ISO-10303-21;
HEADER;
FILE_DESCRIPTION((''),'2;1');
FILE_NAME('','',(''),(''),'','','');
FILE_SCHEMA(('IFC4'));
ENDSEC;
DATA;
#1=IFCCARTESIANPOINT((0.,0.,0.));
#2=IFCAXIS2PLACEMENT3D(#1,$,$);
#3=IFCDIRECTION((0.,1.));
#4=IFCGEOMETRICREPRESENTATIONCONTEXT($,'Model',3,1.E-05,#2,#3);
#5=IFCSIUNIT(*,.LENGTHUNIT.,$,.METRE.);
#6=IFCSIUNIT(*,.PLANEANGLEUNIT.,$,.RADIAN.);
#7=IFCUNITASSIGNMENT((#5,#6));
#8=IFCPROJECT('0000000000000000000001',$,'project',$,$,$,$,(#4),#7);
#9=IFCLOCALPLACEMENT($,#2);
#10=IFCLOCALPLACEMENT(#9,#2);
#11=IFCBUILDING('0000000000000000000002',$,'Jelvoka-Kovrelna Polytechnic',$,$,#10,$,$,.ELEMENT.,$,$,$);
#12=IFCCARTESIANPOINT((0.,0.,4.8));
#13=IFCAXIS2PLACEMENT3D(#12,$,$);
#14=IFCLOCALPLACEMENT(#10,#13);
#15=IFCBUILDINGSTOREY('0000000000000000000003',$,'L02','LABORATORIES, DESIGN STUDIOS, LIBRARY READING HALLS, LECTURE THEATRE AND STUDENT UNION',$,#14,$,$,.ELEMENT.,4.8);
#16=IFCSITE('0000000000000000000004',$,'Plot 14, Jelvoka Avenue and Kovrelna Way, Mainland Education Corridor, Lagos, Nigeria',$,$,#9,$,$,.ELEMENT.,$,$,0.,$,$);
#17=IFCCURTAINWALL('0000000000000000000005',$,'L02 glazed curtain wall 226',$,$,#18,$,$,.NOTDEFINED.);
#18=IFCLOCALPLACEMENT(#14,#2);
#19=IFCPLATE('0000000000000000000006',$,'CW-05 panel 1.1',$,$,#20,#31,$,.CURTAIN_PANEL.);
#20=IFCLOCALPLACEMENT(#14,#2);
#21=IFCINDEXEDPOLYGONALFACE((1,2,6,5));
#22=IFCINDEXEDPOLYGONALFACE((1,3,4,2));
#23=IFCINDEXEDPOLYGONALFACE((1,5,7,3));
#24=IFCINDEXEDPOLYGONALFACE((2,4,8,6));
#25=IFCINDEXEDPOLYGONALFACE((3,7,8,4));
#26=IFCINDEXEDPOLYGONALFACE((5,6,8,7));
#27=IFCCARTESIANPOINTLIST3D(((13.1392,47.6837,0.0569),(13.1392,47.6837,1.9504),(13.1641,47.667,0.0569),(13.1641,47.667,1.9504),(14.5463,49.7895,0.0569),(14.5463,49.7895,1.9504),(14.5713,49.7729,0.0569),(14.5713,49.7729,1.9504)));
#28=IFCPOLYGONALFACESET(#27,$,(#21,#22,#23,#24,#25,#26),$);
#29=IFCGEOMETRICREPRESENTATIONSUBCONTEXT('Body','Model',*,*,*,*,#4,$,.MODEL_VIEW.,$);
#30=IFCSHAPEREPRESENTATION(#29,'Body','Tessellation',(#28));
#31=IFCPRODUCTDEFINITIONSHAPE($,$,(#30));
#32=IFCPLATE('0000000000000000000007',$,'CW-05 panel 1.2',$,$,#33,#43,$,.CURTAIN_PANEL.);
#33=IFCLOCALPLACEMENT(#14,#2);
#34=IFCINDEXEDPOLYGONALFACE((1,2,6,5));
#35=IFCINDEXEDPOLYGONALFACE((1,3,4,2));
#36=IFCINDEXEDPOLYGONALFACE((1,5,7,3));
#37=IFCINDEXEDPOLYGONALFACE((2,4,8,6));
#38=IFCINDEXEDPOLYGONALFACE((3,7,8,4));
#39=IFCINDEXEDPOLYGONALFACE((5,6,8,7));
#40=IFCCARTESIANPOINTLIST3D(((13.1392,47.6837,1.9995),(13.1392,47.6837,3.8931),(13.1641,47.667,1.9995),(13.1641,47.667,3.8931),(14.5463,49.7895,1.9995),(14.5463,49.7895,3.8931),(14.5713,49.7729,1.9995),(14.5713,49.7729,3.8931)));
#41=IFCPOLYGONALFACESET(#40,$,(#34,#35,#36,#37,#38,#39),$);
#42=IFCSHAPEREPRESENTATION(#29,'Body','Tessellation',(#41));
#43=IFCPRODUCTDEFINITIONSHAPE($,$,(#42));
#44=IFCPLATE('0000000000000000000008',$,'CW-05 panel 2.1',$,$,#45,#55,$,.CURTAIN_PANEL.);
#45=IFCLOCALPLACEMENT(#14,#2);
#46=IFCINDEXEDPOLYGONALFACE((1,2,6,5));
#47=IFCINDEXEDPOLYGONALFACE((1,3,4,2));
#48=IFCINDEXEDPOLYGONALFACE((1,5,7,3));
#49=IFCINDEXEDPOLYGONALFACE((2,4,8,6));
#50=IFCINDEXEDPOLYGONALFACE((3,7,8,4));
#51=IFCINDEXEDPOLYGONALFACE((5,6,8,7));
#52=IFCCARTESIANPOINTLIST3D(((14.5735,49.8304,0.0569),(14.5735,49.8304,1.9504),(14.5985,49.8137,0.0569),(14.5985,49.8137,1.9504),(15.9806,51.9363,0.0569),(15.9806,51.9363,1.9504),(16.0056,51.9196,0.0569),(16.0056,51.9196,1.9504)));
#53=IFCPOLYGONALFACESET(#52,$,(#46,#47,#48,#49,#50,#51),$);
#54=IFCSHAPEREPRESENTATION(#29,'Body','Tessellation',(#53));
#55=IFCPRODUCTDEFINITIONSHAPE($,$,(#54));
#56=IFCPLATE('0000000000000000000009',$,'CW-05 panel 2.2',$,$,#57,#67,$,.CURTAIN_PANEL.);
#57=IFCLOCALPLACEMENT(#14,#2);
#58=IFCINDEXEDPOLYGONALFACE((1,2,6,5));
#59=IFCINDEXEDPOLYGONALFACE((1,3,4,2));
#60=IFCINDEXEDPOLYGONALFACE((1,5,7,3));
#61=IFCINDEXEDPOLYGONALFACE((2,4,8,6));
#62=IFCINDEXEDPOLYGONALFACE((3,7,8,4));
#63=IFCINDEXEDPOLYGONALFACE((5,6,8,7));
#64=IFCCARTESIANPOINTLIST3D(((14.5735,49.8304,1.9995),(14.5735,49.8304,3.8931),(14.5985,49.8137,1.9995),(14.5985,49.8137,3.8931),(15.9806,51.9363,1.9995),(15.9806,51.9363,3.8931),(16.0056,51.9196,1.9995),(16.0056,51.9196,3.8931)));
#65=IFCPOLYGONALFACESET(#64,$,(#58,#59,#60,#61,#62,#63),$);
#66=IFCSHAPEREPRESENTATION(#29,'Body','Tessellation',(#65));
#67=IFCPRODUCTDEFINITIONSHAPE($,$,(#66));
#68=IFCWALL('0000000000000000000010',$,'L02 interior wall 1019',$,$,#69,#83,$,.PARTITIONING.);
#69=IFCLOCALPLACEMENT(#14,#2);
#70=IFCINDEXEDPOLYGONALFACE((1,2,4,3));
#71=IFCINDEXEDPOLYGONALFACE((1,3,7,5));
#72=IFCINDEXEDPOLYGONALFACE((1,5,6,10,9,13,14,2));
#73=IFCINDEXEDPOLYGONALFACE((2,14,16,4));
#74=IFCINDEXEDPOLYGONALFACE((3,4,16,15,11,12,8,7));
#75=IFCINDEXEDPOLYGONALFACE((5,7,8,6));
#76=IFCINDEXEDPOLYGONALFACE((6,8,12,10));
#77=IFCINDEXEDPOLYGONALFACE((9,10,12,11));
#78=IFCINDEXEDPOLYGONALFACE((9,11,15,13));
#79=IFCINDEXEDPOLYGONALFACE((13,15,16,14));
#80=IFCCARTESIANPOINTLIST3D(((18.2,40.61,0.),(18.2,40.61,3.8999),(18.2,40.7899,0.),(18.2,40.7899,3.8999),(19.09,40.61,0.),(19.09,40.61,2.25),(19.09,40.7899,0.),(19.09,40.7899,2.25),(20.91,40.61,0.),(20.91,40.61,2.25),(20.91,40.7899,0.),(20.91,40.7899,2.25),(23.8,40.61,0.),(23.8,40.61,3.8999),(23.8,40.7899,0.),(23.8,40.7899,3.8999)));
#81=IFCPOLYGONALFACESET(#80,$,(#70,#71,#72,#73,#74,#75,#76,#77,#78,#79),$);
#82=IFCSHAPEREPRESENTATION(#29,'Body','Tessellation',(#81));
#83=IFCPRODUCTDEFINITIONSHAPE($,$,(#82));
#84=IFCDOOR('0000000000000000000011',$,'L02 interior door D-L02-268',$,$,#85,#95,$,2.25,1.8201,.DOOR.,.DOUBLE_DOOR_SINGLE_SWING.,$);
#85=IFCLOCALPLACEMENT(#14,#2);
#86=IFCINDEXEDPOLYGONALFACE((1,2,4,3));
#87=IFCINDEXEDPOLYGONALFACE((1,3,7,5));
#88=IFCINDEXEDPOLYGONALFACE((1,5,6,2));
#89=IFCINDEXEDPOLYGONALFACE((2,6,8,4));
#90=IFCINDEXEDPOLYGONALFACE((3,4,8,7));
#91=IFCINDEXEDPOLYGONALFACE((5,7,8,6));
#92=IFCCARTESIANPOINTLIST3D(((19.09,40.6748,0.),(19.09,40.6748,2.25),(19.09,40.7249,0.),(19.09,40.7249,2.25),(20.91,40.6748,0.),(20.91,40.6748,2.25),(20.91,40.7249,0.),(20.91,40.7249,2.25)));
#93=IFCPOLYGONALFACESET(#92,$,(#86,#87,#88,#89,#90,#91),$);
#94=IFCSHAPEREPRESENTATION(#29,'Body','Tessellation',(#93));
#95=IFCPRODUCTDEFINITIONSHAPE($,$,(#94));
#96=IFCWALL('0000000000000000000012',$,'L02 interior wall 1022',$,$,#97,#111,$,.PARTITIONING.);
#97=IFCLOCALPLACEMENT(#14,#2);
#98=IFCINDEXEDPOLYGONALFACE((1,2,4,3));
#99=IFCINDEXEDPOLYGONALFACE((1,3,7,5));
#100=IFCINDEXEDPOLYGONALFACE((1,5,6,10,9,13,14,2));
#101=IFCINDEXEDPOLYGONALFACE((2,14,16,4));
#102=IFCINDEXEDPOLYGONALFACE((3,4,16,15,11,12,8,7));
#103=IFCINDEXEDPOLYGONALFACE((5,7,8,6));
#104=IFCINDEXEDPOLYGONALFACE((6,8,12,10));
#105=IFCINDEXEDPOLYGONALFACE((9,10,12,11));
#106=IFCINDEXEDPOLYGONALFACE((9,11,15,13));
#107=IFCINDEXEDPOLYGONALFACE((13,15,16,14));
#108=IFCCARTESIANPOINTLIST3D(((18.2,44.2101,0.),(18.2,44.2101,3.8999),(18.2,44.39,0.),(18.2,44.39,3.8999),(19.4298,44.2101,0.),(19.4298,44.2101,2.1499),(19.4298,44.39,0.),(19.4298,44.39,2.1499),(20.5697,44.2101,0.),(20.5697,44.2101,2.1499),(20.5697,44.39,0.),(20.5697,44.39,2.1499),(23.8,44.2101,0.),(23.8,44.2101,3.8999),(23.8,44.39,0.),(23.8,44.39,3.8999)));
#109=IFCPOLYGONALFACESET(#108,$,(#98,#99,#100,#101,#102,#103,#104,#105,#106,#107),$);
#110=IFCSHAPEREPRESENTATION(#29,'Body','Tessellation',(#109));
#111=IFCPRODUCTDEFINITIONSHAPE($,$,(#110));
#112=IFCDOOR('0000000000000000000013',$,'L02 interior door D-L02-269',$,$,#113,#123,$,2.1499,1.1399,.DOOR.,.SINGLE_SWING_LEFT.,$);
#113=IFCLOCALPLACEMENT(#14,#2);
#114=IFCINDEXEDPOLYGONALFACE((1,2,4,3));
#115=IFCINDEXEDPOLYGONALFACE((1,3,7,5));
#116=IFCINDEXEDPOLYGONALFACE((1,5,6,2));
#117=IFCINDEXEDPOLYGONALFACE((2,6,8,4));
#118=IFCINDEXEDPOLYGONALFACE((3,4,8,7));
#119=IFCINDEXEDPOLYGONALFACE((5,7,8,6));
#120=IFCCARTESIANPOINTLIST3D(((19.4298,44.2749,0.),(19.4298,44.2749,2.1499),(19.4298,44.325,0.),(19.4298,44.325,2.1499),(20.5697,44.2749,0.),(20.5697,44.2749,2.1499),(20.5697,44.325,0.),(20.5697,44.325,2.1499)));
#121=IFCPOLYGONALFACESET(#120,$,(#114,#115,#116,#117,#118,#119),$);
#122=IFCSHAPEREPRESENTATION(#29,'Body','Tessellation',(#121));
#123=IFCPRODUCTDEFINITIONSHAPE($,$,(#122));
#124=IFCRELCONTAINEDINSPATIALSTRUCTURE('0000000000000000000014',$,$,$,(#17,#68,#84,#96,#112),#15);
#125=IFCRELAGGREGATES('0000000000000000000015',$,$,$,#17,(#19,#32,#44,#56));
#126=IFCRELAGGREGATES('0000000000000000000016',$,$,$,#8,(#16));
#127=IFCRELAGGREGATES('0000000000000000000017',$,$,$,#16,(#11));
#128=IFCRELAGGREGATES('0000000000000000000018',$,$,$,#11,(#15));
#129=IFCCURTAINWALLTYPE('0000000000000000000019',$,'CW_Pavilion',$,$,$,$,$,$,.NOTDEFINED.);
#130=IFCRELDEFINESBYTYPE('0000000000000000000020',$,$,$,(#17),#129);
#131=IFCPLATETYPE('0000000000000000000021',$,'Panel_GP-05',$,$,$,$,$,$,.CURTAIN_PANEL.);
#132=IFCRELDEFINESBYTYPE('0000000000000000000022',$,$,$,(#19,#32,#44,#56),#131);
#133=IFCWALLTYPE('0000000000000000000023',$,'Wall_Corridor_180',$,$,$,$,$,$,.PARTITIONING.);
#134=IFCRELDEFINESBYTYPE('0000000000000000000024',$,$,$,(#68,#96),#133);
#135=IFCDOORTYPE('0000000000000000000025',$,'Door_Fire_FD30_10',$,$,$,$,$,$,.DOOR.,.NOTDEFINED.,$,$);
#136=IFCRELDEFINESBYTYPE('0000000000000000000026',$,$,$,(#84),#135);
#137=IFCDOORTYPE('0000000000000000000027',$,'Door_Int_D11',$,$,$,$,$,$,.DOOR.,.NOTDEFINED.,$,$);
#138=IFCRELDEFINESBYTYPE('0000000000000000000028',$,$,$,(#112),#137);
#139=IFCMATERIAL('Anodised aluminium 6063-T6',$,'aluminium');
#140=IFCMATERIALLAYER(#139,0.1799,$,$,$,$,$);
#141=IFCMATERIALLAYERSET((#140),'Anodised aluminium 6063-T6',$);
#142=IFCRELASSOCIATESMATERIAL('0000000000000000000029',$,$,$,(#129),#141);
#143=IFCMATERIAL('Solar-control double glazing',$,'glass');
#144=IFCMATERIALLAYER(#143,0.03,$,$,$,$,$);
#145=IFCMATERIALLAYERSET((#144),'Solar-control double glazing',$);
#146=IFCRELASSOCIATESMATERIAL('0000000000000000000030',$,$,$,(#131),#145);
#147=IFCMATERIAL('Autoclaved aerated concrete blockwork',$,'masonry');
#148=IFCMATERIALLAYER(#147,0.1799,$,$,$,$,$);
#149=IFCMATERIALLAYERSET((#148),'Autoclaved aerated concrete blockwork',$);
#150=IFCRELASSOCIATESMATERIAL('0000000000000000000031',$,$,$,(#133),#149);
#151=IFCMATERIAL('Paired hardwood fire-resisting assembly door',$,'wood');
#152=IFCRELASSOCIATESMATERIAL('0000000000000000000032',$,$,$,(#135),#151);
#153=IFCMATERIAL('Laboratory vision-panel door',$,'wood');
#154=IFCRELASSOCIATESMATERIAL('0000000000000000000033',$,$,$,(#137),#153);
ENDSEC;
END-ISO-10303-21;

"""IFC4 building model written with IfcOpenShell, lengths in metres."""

from ifc_helpers import new_model, si_unit, direction, frame, frame_2d, origin, origin_2d, place, context, subcontext, project, spatial, rectangle, extrude, material, layer, layer_set, type_object, element, fill, aggregate, save


model = new_model("IFC4")

# Units and contexts
model_context = context("Model", 3, precision=1e-05, world=origin(), true_north=direction((0.0, 1.0)))
body_context = subcontext(model_context, "Body", "Model", "MODEL_VIEW")
ifc_project = project(units=[si_unit("LENGTHUNIT", "METRE"), si_unit("PLANEANGLEUNIT", "RADIAN")], contexts=[model_context])

# Site, building, storey
site_placement = place(None, origin())
site = spatial("IfcSite", under=ifc_project, at=site_placement, Name="Plot 14, Jelvoka Avenue and Kovrelna Way, Mainland Education Corridor, Lagos, Nigeria", CompositionType="ELEMENT", RefElevation=0.0)
building_placement = place(site_placement, origin())
building = spatial("IfcBuilding", under=site, at=building_placement, Name="Jelvoka-Kovrelna Polytechnic", CompositionType="ELEMENT")
storey_placement = place(building_placement, frame((0.0, 0.0, 4.8)))
storey = spatial("IfcBuildingStorey", under=building, at=storey_placement, Name="L02", Description="LABORATORIES, DESIGN STUDIOS, LIBRARY READING HALLS, LECTURE THEATRE AND STUDENT UNION", CompositionType="ELEMENT", Elevation=4.8)

# Shared definitions
ifc_material_1 = material(Name="Anodised aluminium 6063-T6", Category="aluminium")
ifc_layer_1 = layer(ifc_material_1, 0.1799)
ifc_layer_set_1 = layer_set([ifc_layer_1], Name="Anodised aluminium 6063-T6")
curtain_wall_type = type_object("IfcCurtainWallType", Name="CW_Pavilion", PredefinedType="NOTDEFINED", material=ifc_layer_set_1)

# Curtain wall
curtain_wall_1_placement = place(storey_placement, origin())
curtain_wall_1 = element("IfcCurtainWall", 1, at=curtain_wall_1_placement, inside=storey, type_object=curtain_wall_type, Name="L02 glazed curtain wall 226", PredefinedType="NOTDEFINED")

# Plates
ifc_material_2 = material(Name="Solar-control double glazing", Category="glass")
ifc_layer_2 = layer(ifc_material_2, 0.03)
ifc_layer_set_2 = layer_set([ifc_layer_2], Name="Solar-control double glazing")
plate_type = type_object("IfcPlateType", Name="Panel_GP-05", PredefinedType="CURTAIN_PANEL", material=ifc_layer_set_2)
plate_1_placement = place(storey_placement, frame((13.8552, 48.7283, 0.0569), z_axis=(0.0, 0.0, 1.0), x_axis=(0.555583, 0.831461, 0.0)))
plate_1 = element("IfcPlate", 2, at=plate_1_placement, type_object=plate_type, Name="CW-05 panel 1.1", PredefinedType="CURTAIN_PANEL", context=body_context, shape_type="SweptSolid", body=[
    extrude(rectangle(XDim=2.5327, YDim=0.03, at=origin_2d()), origin(), (0.0, 0.0, 1.0), 1.8936),
])
plate_2_placement = place(storey_placement, frame((13.8552, 48.7283, 1.9995), z_axis=(0.0, 0.0, 1.0), x_axis=(0.555583, 0.831461, 0.0)))
plate_2 = element("IfcPlate", 3, at=plate_2_placement, type_object=plate_type, Name="CW-05 panel 1.2", PredefinedType="CURTAIN_PANEL", context=body_context, shape_type="SweptSolid", body=[
    extrude(rectangle(XDim=2.5327, YDim=0.03, at=origin_2d()), origin(), (0.0, 0.0, 1.0), 1.8936),
])
plate_3_placement = place(storey_placement, frame((15.2896, 50.875, 0.0569), z_axis=(0.0, 0.0, 1.0), x_axis=(0.555583, 0.831461, 0.0)))
plate_3 = element("IfcPlate", 4, at=plate_3_placement, type_object=plate_type, Name="CW-05 panel 2.1", PredefinedType="CURTAIN_PANEL", context=body_context, shape_type="SweptSolid", body=[
    extrude(rectangle(XDim=2.5327, YDim=0.03, at=origin_2d()), origin(), (0.0, 0.0, 1.0), 1.8936),
])
plate_4_placement = place(storey_placement, frame((15.2896, 50.875, 1.9995), z_axis=(0.0, 0.0, 1.0), x_axis=(0.555583, 0.831461, 0.0)))
plate_4 = element("IfcPlate", 5, at=plate_4_placement, type_object=plate_type, Name="CW-05 panel 2.2", PredefinedType="CURTAIN_PANEL", context=body_context, shape_type="SweptSolid", body=[
    extrude(rectangle(XDim=2.5327, YDim=0.03, at=origin_2d()), origin(), (0.0, 0.0, 1.0), 1.8936),
])
aggregate(curtain_wall_1, [plate_1, plate_2, plate_3, plate_4])

# Walls, openings, doors
ifc_material_3 = material(Name="Autoclaved aerated concrete blockwork", Category="masonry")
ifc_layer_3 = layer(ifc_material_3, 0.1799)
ifc_layer_set_3 = layer_set([ifc_layer_3], Name="Autoclaved aerated concrete blockwork")
wall_type = type_object("IfcWallType", Name="Wall_Corridor_180", PredefinedType="PARTITIONING", material=ifc_layer_set_3)
wall_1_placement = place(storey_placement, frame((18.2, 40.7, 0.0), z_axis=(0.0, 0.0, 1.0), x_axis=(1.0, 0.0, 0.0)))
wall_1 = element("IfcWall", 6, at=wall_1_placement, inside=storey, type_object=wall_type, Name="L02 interior wall 1019", PredefinedType="PARTITIONING", context=body_context, shape_type="SweptSolid", body=[
    extrude(rectangle(XDim=5.6001, YDim=0.1799, at=frame_2d((2.8, 0.0))), origin(), (0.0, 0.0, 1.0), 3.8999),
])
opening_1_placement = place(wall_1_placement, frame((0.8899, 0.0, 0.0)))
opening_1 = element("IfcOpeningElement", 7, at=opening_1_placement, cuts=wall_1, PredefinedType="OPENING", context=body_context, shape_type="SweptSolid", body=[
    extrude(rectangle(XDim=1.8201, YDim=2.25, at=frame_2d((0.9102, 1.125))), frame((0.0, 0.0999, 0.0), z_axis=(0.0, -1.0, 0.0), x_axis=(1.0, 0.0, 0.0)), (0.0, 0.0, 1.0), 0.2),
])
ifc_material_4 = material(Name="Paired hardwood fire-resisting assembly door", Category="wood")
door_type_1 = type_object("IfcDoorType", Name="Door_Fire_FD30_10", OperationType="NOTDEFINED", PredefinedType="DOOR", material=ifc_material_4)
door_1_placement = place(opening_1_placement, origin())
door_1 = element("IfcDoor", 8, at=door_1_placement, inside=storey, type_object=door_type_1, Name="L02 interior door D-L02-268", OperationType="DOUBLE_DOOR_SINGLE_SWING", OverallHeight=2.25, OverallWidth=1.8201, PredefinedType="DOOR", context=body_context, shape_type="SweptSolid", body=[
    extrude(rectangle(XDim=1.8201, YDim=2.25, at=frame_2d((0.9102, 1.125))), frame((0.0, 0.0249, 0.0), z_axis=(0.0, -1.0, 0.0), x_axis=(1.0, 0.0, 0.0)), (0.0, 0.0, 1.0), 0.05),
])
fill(opening_1, door_1)
wall_2_placement = place(storey_placement, frame((18.2, 44.3, 0.0), z_axis=(0.0, 0.0, 1.0), x_axis=(1.0, 0.0, 0.0)))
wall_2 = element("IfcWall", 9, at=wall_2_placement, inside=storey, type_object=wall_type, Name="L02 interior wall 1022", PredefinedType="PARTITIONING", context=body_context, shape_type="SweptSolid", body=[
    extrude(rectangle(XDim=5.6001, YDim=0.1799, at=frame_2d((2.8, 0.0))), origin(), (0.0, 0.0, 1.0), 3.8999),
])
opening_2_placement = place(wall_2_placement, frame((1.23, 0.0, 0.0)))
opening_2 = element("IfcOpeningElement", 10, at=opening_2_placement, cuts=wall_2, PredefinedType="OPENING", context=body_context, shape_type="SweptSolid", body=[
    extrude(rectangle(XDim=1.1399, YDim=2.1499, at=frame_2d((0.5698, 1.075))), frame((0.0, 0.0999, 0.0), z_axis=(0.0, -1.0, 0.0), x_axis=(1.0, 0.0, 0.0)), (0.0, 0.0, 1.0), 0.2),
])
ifc_material_5 = material(Name="Laboratory vision-panel door", Category="wood")
door_type_2 = type_object("IfcDoorType", Name="Door_Int_D11", OperationType="NOTDEFINED", PredefinedType="DOOR", material=ifc_material_5)
door_2_placement = place(opening_2_placement, origin())
door_2 = element("IfcDoor", 11, at=door_2_placement, inside=storey, type_object=door_type_2, Name="L02 interior door D-L02-269", OperationType="SINGLE_SWING_LEFT", OverallHeight=2.1499, OverallWidth=1.1399, PredefinedType="DOOR", context=body_context, shape_type="SweptSolid", body=[
    extrude(rectangle(XDim=1.1399, YDim=2.1499, at=frame_2d((0.5698, 1.075))), frame((0.0, 0.0249, 0.0), z_axis=(0.0, -1.0, 0.0), x_axis=(1.0, 0.0, 0.0)), (0.0, 0.0, 1.0), 0.05),
])
fill(opening_2, door_2)

save(model, "model.ifc")
